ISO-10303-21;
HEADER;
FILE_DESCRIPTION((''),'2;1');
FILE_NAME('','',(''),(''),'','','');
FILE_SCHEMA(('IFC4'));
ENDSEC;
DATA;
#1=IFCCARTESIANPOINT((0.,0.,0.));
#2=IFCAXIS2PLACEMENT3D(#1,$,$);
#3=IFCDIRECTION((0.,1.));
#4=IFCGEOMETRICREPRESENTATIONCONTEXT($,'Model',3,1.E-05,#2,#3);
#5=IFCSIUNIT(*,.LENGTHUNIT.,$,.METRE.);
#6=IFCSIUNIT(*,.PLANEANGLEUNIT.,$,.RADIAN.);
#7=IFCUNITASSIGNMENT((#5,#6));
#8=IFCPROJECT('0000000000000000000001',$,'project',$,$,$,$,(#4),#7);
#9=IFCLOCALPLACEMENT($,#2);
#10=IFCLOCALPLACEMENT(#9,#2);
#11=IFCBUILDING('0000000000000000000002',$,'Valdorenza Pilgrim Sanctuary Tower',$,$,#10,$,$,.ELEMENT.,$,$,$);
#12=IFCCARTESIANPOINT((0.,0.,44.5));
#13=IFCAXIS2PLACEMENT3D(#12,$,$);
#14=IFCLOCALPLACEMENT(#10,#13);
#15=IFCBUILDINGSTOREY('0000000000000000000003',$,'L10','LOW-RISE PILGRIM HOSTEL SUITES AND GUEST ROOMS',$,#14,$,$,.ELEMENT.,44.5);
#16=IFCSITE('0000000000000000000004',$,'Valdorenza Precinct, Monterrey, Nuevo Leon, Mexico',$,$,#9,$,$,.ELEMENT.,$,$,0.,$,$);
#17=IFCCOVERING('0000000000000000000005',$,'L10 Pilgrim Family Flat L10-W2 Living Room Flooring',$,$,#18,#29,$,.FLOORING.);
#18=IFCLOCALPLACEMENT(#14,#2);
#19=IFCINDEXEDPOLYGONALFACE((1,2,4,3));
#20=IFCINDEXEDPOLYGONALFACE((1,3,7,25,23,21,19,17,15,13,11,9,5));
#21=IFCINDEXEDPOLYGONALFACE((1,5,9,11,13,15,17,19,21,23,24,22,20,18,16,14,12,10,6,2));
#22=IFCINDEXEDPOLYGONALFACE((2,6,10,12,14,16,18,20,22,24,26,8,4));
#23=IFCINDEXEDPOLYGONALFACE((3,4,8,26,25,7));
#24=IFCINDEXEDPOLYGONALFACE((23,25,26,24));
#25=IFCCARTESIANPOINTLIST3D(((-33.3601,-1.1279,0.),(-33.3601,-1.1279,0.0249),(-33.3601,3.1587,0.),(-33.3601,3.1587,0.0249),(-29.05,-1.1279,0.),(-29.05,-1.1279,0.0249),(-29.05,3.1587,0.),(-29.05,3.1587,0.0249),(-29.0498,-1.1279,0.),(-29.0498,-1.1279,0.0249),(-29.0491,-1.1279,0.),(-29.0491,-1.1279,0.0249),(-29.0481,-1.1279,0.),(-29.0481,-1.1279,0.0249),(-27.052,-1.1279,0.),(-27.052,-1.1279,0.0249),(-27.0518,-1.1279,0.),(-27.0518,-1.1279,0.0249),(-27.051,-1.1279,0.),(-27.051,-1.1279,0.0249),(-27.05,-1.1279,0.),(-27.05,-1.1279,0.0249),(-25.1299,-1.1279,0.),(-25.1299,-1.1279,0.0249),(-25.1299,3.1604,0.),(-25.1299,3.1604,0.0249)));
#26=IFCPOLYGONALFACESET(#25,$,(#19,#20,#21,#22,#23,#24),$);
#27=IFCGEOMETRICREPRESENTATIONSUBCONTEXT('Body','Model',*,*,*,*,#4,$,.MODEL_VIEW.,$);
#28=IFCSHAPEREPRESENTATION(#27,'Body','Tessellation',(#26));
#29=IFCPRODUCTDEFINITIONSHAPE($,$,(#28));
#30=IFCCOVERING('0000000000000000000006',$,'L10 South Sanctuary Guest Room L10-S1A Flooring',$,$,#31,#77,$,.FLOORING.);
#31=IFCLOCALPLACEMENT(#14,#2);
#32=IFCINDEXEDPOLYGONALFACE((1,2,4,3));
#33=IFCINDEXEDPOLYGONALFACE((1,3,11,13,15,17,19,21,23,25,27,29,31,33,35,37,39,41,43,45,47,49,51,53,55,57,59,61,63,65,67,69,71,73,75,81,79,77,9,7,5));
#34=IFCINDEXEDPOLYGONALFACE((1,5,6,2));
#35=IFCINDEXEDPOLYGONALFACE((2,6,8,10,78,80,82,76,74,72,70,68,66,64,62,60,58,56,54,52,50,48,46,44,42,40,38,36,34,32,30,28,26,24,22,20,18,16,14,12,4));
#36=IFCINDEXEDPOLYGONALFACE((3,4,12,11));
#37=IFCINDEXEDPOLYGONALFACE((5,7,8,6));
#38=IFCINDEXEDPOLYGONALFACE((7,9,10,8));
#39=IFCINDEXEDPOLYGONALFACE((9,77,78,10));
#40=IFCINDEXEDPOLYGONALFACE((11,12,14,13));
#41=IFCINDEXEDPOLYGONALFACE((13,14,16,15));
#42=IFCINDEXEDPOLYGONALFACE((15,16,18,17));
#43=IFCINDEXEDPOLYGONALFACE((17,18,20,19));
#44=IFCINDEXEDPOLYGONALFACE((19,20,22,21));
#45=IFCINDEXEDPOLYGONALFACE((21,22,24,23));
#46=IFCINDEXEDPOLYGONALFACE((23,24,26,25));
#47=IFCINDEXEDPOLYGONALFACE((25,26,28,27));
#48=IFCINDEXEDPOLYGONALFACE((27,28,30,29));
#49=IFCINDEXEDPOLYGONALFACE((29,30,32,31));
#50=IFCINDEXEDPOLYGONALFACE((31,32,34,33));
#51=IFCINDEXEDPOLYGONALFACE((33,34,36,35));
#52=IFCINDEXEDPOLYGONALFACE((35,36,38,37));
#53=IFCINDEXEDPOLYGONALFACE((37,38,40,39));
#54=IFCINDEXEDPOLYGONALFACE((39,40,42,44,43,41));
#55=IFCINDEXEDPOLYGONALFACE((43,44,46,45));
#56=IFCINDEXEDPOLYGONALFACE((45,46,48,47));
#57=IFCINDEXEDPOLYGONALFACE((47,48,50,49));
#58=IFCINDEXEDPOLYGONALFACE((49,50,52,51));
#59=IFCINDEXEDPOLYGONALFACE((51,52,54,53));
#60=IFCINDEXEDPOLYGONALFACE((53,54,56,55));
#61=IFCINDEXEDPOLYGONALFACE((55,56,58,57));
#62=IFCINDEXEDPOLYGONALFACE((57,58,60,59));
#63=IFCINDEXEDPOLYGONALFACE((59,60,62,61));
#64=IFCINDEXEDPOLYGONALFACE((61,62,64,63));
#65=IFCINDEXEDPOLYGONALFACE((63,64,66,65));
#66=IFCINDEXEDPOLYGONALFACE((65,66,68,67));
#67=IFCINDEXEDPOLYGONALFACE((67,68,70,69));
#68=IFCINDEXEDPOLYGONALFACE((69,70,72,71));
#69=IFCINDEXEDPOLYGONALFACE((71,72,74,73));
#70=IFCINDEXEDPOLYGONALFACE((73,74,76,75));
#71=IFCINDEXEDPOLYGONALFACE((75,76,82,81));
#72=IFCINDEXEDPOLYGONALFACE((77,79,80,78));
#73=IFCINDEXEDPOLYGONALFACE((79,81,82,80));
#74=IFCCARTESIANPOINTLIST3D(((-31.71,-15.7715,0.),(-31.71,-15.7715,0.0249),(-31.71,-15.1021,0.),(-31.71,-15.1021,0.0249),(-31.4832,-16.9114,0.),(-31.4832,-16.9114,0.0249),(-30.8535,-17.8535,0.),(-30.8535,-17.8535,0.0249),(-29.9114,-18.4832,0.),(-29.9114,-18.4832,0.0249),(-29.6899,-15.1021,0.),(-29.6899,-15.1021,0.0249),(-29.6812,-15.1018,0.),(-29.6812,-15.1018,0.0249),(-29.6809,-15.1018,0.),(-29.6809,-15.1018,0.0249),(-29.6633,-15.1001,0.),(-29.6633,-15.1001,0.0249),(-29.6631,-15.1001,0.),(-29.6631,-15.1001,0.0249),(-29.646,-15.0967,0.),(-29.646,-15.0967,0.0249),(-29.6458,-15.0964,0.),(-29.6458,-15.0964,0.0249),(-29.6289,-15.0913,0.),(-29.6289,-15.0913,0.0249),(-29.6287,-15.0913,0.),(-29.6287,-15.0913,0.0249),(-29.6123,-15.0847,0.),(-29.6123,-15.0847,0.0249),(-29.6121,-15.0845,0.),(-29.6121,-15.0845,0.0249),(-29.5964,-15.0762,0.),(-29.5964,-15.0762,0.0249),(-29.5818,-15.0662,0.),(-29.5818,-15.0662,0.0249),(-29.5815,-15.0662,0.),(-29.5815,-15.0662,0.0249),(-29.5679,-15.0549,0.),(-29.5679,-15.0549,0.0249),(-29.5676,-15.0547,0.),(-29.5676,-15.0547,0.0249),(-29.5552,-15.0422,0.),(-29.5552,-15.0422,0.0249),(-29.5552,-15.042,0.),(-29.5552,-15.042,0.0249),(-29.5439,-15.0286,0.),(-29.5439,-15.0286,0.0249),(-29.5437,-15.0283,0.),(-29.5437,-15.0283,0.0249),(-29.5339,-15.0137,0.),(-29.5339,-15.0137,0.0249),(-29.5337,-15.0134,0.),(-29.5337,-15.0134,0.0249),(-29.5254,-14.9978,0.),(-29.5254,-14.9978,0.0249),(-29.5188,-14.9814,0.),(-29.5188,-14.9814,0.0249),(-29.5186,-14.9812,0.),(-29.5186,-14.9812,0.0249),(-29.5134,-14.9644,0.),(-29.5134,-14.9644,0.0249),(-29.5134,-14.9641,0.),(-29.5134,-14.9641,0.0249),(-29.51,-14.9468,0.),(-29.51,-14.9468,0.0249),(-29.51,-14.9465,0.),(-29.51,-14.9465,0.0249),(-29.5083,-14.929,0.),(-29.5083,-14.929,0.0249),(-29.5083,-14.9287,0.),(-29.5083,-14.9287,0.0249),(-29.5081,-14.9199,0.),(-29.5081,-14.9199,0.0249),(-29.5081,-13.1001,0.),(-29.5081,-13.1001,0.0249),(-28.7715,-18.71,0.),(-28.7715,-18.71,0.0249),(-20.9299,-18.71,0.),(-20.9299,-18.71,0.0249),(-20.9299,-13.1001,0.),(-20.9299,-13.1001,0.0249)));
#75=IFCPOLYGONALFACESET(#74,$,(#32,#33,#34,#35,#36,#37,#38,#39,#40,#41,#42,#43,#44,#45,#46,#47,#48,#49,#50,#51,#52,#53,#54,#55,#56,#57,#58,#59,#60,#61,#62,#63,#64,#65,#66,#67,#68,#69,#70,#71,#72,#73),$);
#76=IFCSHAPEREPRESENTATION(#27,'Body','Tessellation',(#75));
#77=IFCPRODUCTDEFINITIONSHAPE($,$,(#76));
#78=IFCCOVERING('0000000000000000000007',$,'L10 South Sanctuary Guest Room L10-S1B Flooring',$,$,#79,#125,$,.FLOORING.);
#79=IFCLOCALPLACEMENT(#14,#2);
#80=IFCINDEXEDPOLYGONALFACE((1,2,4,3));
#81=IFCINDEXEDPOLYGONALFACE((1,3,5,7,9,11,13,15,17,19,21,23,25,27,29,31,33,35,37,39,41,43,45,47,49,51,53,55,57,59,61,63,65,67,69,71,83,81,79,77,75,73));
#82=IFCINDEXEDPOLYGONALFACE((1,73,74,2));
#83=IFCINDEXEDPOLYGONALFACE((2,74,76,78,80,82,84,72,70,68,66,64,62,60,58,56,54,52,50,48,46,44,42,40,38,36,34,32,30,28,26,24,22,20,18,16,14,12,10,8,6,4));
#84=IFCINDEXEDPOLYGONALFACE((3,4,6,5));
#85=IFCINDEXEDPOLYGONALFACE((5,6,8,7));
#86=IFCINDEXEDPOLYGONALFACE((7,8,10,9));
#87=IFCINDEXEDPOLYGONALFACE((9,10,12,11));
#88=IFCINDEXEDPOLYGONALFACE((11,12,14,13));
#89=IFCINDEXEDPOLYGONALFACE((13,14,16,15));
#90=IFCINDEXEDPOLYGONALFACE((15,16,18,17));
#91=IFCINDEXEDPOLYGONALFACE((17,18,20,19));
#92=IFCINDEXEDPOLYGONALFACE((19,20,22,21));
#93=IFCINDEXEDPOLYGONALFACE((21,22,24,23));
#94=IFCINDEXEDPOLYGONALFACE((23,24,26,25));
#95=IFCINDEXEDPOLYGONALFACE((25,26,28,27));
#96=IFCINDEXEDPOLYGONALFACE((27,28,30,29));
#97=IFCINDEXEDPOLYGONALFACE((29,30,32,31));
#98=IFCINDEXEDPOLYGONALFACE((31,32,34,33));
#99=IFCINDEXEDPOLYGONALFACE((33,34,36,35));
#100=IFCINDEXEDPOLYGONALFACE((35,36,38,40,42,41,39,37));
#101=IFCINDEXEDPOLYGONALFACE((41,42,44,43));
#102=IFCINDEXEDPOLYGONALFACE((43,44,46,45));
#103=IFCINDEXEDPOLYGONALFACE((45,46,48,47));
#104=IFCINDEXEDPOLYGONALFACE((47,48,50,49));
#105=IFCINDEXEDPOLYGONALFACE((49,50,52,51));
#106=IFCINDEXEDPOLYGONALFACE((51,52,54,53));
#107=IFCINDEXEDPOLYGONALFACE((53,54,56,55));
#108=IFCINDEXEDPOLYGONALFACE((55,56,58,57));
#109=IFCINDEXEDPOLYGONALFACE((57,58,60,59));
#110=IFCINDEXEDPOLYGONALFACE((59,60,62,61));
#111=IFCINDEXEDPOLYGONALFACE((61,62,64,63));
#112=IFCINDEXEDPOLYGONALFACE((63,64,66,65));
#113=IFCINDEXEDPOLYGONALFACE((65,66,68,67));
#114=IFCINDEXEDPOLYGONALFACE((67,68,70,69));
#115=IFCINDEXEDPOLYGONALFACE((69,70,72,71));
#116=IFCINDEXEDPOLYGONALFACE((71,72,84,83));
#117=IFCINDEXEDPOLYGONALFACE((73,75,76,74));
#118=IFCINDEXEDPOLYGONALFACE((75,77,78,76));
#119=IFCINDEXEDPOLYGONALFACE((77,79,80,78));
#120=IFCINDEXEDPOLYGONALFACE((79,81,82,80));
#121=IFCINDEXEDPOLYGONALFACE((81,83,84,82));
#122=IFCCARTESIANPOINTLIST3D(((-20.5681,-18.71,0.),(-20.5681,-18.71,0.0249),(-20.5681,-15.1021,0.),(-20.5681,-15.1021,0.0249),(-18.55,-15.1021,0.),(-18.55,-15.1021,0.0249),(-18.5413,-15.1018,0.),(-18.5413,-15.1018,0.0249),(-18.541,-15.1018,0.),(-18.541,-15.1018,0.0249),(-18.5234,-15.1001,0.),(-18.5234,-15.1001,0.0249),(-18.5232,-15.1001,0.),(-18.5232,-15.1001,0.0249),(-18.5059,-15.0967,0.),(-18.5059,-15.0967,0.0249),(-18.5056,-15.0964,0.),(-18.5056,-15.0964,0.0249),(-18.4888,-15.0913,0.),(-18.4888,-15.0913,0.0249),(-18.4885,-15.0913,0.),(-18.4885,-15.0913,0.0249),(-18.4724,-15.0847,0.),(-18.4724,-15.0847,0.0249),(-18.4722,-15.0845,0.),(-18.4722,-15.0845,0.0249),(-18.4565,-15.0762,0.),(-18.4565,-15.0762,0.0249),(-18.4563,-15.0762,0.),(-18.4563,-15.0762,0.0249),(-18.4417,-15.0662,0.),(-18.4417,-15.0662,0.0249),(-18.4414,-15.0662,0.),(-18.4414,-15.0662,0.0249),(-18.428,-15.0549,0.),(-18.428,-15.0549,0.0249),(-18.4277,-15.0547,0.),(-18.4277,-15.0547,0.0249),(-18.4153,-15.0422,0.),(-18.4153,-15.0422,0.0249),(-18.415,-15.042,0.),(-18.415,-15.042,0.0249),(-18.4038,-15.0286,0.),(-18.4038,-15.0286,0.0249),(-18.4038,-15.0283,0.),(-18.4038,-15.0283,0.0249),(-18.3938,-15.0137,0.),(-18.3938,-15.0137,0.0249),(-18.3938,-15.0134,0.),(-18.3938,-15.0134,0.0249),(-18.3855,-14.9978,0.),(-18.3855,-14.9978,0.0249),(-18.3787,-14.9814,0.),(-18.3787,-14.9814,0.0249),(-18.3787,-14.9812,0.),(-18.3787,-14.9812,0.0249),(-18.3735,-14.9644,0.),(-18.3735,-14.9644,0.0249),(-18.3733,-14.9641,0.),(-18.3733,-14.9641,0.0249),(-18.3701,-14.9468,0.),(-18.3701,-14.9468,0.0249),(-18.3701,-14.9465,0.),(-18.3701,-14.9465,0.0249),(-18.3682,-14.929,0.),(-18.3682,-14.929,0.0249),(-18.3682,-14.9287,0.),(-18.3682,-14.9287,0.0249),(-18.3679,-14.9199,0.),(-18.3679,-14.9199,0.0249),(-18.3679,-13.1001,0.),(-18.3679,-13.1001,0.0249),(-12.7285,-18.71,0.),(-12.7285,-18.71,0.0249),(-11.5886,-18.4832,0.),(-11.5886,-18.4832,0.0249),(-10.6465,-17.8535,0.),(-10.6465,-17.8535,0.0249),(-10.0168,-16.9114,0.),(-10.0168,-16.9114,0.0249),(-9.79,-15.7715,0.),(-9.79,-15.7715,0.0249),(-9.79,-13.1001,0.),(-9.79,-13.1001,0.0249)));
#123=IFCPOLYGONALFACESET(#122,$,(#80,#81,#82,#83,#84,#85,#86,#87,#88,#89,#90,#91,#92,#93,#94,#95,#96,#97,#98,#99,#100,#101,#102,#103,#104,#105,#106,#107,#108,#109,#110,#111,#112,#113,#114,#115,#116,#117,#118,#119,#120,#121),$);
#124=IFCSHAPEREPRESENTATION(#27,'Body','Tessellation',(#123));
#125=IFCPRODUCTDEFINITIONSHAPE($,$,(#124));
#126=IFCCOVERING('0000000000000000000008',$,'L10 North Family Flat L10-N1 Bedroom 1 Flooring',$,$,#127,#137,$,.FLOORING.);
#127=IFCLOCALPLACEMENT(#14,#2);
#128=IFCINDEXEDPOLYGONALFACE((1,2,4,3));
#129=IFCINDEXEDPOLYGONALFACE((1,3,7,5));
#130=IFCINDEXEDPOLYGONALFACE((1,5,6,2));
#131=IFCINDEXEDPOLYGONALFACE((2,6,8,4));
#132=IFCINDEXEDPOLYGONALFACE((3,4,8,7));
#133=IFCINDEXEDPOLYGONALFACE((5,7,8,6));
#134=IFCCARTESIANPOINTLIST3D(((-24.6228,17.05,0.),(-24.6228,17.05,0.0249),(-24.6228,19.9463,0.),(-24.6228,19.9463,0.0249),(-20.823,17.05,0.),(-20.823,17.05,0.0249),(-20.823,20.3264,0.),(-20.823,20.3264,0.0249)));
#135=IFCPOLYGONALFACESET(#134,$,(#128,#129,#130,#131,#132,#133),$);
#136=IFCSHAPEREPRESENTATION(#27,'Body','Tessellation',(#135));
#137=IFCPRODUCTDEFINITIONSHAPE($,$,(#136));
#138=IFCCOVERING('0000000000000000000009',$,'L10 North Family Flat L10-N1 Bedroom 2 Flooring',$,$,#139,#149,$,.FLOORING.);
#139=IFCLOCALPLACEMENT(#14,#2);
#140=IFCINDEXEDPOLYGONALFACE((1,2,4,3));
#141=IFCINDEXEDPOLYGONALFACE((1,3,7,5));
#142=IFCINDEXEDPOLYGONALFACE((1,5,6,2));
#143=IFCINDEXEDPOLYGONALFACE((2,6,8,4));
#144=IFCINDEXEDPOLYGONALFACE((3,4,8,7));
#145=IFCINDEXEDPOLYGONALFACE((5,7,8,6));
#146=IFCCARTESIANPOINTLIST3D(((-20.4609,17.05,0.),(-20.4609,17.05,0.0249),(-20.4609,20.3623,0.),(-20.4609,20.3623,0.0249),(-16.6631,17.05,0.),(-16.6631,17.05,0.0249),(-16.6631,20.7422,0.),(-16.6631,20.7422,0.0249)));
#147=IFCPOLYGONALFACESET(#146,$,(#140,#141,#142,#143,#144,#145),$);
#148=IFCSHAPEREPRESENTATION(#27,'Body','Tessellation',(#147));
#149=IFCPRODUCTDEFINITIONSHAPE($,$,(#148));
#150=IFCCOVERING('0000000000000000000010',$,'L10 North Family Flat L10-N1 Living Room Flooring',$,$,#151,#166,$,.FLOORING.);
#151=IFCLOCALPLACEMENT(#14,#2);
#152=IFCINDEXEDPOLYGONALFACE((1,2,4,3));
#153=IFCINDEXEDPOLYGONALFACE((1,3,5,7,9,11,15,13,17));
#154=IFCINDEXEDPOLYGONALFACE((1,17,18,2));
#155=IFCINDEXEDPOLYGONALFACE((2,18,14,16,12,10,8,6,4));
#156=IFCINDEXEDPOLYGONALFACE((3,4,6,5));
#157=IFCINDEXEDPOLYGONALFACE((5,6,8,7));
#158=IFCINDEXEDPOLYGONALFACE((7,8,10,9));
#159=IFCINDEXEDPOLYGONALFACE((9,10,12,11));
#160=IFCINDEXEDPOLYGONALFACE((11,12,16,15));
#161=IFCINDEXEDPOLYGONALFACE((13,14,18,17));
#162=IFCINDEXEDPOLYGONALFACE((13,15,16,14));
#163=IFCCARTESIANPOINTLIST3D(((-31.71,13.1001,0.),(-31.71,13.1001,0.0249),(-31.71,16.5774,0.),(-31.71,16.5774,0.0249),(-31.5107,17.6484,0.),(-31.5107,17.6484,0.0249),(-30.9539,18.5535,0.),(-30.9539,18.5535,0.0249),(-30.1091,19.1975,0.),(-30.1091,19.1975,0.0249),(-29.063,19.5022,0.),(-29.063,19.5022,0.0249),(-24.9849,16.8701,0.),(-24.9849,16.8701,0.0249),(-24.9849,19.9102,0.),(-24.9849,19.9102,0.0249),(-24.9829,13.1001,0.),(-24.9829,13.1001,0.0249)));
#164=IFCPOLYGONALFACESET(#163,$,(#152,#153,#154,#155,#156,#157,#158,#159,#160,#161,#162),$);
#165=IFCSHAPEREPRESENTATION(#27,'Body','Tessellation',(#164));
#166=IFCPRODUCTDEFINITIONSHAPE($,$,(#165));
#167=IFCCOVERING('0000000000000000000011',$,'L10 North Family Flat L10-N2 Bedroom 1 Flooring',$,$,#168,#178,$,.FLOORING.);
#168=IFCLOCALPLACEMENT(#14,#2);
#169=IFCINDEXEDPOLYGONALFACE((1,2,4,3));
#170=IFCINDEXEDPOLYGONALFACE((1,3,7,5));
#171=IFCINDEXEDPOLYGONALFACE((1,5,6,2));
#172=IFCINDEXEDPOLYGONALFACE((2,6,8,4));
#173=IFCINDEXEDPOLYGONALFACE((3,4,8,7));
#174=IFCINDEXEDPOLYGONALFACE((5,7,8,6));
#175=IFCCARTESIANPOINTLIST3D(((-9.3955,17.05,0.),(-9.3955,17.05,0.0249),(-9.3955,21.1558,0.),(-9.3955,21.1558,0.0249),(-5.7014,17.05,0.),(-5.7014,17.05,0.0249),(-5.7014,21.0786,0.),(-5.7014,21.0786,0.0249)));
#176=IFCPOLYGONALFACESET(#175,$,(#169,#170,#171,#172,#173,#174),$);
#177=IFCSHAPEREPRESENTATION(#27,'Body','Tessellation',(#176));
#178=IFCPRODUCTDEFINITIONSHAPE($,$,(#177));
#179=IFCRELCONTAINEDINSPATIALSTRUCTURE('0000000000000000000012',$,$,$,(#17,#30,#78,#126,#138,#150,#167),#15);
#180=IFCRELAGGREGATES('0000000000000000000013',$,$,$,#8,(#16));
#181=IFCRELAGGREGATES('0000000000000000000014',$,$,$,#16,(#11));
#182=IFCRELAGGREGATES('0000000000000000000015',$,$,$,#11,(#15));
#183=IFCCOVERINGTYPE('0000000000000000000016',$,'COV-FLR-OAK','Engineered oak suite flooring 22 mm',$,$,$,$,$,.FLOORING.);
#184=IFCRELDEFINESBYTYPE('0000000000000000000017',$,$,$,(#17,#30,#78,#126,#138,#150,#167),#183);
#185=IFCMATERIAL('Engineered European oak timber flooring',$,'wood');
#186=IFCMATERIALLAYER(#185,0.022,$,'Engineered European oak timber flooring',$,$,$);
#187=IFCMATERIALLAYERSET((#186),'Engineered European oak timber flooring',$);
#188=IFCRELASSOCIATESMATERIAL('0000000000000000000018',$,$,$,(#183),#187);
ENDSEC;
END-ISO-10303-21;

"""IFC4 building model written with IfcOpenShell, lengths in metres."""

from ifc_helpers import new_model, si_unit, direction, frame, origin, place, context, subcontext, project, spatial, polyline, outline, extrude, material, layer, layer_set, type_object, element, save


model = new_model("IFC4")

# Units and contexts
model_context = context("Model", 3, precision=1e-05, world=origin(), true_north=direction((0.0, 1.0)))
body_context = subcontext(model_context, "Body", "Model", "MODEL_VIEW")
ifc_project = project(units=[si_unit("LENGTHUNIT", "METRE"), si_unit("PLANEANGLEUNIT", "RADIAN")], contexts=[model_context])

# Site, building, storey
site_placement = place(None, origin())
site = spatial("IfcSite", under=ifc_project, at=site_placement, Name="Valdorenza Precinct, Monterrey, Nuevo Leon, Mexico", CompositionType="ELEMENT", RefElevation=0.0)
building_placement = place(site_placement, origin())
building = spatial("IfcBuilding", under=site, at=building_placement, Name="Valdorenza Pilgrim Sanctuary Tower", CompositionType="ELEMENT")
storey_placement = place(building_placement, frame((0.0, 0.0, 44.5)))
storey = spatial("IfcBuildingStorey", under=building, at=storey_placement, Name="L10", Description="LOW-RISE PILGRIM HOSTEL SUITES AND GUEST ROOMS", CompositionType="ELEMENT", Elevation=44.5)

# Coverings
ifc_material_1 = material(Name="Engineered European oak timber flooring", Category="wood")
ifc_layer_1 = layer(ifc_material_1, 0.022, Name="Engineered European oak timber flooring")
ifc_layer_set_1 = layer_set([ifc_layer_1], Name="Engineered European oak timber flooring")
covering_type_1 = type_object("IfcCoveringType", Name="COV-FLR-OAK", Description="Engineered oak suite flooring 22 mm", PredefinedType="FLOORING", material=ifc_layer_set_1)
covering_1_placement = place(storey_placement, origin())
element("IfcCovering", 1, at=covering_1_placement, inside=storey, type_object=covering_type_1, Name="L10 Pilgrim Family Flat L10-W2 Living Room Flooring", PredefinedType="FLOORING", context=body_context, shape_type="SweptSolid", body=[
    extrude(outline(polyline([(-29.0498, -1.1279), (-29.05, -1.1279), (-33.3601, -1.1279), (-33.3601, 3.1587), (-29.05, 3.1587), (-25.1299, 3.1604), (-25.1299, -1.1279), (-27.05, -1.1279), (-27.051, -1.1279), (-27.0518, -1.1279), (-27.052, -1.1279), (-29.0481, -1.1279), (-29.0491, -1.1279), (-29.0498, -1.1279)])), origin(), (0.0, 0.0, 1.0), 0.0249),
])
covering_2_placement = place(storey_placement, origin())
element("IfcCovering", 2, at=covering_2_placement, inside=storey, type_object=covering_type_1, Name="L10 South Sanctuary Guest Room L10-S1A Flooring", PredefinedType="FLOORING", context=body_context, shape_type="SweptSolid", body=[
    extrude(outline(polyline([(-28.7715, -18.71), (-29.9114, -18.4832), (-30.8535, -17.8535), (-31.4832, -16.9114), (-31.71, -15.7715), (-31.71, -15.1021), (-29.6899, -15.1021), (-29.6812, -15.1018), (-29.6809, -15.1018), (-29.6633, -15.1001), (-29.6631, -15.1001), (-29.646, -15.0967), (-29.6458, -15.0964), (-29.6289, -15.0913), (-29.6287, -15.0913), (-29.6123, -15.0847), (-29.6121, -15.0845), (-29.5964, -15.0762), (-29.5964, -15.0762), (-29.5818, -15.0662), (-29.5815, -15.0662), (-29.5679, -15.0549), (-29.5676, -15.0547), (-29.5552, -15.0422), (-29.5552, -15.042), (-29.5439, -15.0286), (-29.5437, -15.0283), (-29.5339, -15.0137), (-29.5337, -15.0134), (-29.5254, -14.9978), (-29.5254, -14.9978), (-29.5188, -14.9814), (-29.5186, -14.9812), (-29.5134, -14.9644), (-29.5134, -14.9641), (-29.51, -14.9468), (-29.51, -14.9465), (-29.5083, -14.929), (-29.5083, -14.9287), (-29.5081, -14.9199), (-29.5081, -13.1001), (-20.9299, -13.1001), (-20.9299, -18.71), (-28.7715, -18.71)])), origin(), (0.0, 0.0, 1.0), 0.0249),
])
covering_3_placement = place(storey_placement, origin())
element("IfcCovering", 3, at=covering_3_placement, inside=storey, type_object=covering_type_1, Name="L10 South Sanctuary Guest Room L10-S1B Flooring", PredefinedType="FLOORING", context=body_context, shape_type="SweptSolid", body=[
    extrude(outline(polyline([(-10.0168, -16.9114), (-10.6465, -17.8535), (-11.5886, -18.4832), (-12.7285, -18.71), (-20.5681, -18.71), (-20.5681, -15.1021), (-18.55, -15.1021), (-18.5413, -15.1018), (-18.541, -15.1018), (-18.5234, -15.1001), (-18.5232, -15.1001), (-18.5059, -15.0967), (-18.5056, -15.0964), (-18.4888, -15.0913), (-18.4885, -15.0913), (-18.4724, -15.0847), (-18.4722, -15.0845), (-18.4565, -15.0762), (-18.4563, -15.0762), (-18.4417, -15.0662), (-18.4414, -15.0662), (-18.428, -15.0549), (-18.4277, -15.0547), (-18.4153, -15.0422), (-18.415, -15.042), (-18.4038, -15.0286), (-18.4038, -15.0283), (-18.3938, -15.0137), (-18.3938, -15.0134), (-18.3855, -14.9978), (-18.3855, -14.9978), (-18.3787, -14.9814), (-18.3787, -14.9812), (-18.3735, -14.9644), (-18.3733, -14.9641), (-18.3701, -14.9468), (-18.3701, -14.9465), (-18.3682, -14.929), (-18.3682, -14.9287), (-18.3679, -14.9199), (-18.3679, -13.1001), (-9.79, -13.1001), (-9.79, -15.7715), (-10.0168, -16.9114)])), origin(), (0.0, 0.0, 1.0), 0.0249),
])
covering_4_placement = place(storey_placement, origin())
element("IfcCovering", 4, at=covering_4_placement, inside=storey, type_object=covering_type_1, Name="L10 North Family Flat L10-N1 Bedroom 1 Flooring", PredefinedType="FLOORING", context=body_context, shape_type="SweptSolid", body=[
    extrude(outline(polyline([(-24.6228, 17.05), (-24.6228, 19.9463), (-20.823, 20.3264), (-20.823, 17.05), (-24.6228, 17.05)])), origin(), (0.0, 0.0, 1.0), 0.0249),
])
covering_5_placement = place(storey_placement, origin())
element("IfcCovering", 5, at=covering_5_placement, inside=storey, type_object=covering_type_1, Name="L10 North Family Flat L10-N1 Bedroom 2 Flooring", PredefinedType="FLOORING", context=body_context, shape_type="SweptSolid", body=[
    extrude(outline(polyline([(-20.4609, 17.05), (-20.4609, 20.3623), (-16.6631, 20.7422), (-16.6631, 17.05), (-20.4609, 17.05)])), origin(), (0.0, 0.0, 1.0), 0.0249),
])
covering_6_placement = place(storey_placement, origin())
element("IfcCovering", 6, at=covering_6_placement, inside=storey, type_object=covering_type_1, Name="L10 North Family Flat L10-N1 Living Room Flooring", PredefinedType="FLOORING", context=body_context, shape_type="SweptSolid", body=[
    extrude(outline(polyline([(-31.71, 13.1001), (-31.71, 16.5774), (-31.5107, 17.6484), (-30.9539, 18.5535), (-30.1091, 19.1975), (-29.063, 19.5022), (-24.9849, 19.9102), (-24.9849, 16.8701), (-24.9829, 13.1001), (-31.71, 13.1001)])), origin(), (0.0, 0.0, 1.0), 0.0249),
])
covering_7_placement = place(storey_placement, origin())
element("IfcCovering", 7, at=covering_7_placement, inside=storey, type_object=covering_type_1, Name="L10 North Family Flat L10-N2 Bedroom 1 Flooring", PredefinedType="FLOORING", context=body_context, shape_type="SweptSolid", body=[
    extrude(outline(polyline([(-9.3955, 17.05), (-9.3955, 21.1558), (-5.7014, 21.0786), (-5.7014, 17.05), (-9.3955, 17.05)])), origin(), (0.0, 0.0, 1.0), 0.0249),
])

save(model, "model.ifc")
